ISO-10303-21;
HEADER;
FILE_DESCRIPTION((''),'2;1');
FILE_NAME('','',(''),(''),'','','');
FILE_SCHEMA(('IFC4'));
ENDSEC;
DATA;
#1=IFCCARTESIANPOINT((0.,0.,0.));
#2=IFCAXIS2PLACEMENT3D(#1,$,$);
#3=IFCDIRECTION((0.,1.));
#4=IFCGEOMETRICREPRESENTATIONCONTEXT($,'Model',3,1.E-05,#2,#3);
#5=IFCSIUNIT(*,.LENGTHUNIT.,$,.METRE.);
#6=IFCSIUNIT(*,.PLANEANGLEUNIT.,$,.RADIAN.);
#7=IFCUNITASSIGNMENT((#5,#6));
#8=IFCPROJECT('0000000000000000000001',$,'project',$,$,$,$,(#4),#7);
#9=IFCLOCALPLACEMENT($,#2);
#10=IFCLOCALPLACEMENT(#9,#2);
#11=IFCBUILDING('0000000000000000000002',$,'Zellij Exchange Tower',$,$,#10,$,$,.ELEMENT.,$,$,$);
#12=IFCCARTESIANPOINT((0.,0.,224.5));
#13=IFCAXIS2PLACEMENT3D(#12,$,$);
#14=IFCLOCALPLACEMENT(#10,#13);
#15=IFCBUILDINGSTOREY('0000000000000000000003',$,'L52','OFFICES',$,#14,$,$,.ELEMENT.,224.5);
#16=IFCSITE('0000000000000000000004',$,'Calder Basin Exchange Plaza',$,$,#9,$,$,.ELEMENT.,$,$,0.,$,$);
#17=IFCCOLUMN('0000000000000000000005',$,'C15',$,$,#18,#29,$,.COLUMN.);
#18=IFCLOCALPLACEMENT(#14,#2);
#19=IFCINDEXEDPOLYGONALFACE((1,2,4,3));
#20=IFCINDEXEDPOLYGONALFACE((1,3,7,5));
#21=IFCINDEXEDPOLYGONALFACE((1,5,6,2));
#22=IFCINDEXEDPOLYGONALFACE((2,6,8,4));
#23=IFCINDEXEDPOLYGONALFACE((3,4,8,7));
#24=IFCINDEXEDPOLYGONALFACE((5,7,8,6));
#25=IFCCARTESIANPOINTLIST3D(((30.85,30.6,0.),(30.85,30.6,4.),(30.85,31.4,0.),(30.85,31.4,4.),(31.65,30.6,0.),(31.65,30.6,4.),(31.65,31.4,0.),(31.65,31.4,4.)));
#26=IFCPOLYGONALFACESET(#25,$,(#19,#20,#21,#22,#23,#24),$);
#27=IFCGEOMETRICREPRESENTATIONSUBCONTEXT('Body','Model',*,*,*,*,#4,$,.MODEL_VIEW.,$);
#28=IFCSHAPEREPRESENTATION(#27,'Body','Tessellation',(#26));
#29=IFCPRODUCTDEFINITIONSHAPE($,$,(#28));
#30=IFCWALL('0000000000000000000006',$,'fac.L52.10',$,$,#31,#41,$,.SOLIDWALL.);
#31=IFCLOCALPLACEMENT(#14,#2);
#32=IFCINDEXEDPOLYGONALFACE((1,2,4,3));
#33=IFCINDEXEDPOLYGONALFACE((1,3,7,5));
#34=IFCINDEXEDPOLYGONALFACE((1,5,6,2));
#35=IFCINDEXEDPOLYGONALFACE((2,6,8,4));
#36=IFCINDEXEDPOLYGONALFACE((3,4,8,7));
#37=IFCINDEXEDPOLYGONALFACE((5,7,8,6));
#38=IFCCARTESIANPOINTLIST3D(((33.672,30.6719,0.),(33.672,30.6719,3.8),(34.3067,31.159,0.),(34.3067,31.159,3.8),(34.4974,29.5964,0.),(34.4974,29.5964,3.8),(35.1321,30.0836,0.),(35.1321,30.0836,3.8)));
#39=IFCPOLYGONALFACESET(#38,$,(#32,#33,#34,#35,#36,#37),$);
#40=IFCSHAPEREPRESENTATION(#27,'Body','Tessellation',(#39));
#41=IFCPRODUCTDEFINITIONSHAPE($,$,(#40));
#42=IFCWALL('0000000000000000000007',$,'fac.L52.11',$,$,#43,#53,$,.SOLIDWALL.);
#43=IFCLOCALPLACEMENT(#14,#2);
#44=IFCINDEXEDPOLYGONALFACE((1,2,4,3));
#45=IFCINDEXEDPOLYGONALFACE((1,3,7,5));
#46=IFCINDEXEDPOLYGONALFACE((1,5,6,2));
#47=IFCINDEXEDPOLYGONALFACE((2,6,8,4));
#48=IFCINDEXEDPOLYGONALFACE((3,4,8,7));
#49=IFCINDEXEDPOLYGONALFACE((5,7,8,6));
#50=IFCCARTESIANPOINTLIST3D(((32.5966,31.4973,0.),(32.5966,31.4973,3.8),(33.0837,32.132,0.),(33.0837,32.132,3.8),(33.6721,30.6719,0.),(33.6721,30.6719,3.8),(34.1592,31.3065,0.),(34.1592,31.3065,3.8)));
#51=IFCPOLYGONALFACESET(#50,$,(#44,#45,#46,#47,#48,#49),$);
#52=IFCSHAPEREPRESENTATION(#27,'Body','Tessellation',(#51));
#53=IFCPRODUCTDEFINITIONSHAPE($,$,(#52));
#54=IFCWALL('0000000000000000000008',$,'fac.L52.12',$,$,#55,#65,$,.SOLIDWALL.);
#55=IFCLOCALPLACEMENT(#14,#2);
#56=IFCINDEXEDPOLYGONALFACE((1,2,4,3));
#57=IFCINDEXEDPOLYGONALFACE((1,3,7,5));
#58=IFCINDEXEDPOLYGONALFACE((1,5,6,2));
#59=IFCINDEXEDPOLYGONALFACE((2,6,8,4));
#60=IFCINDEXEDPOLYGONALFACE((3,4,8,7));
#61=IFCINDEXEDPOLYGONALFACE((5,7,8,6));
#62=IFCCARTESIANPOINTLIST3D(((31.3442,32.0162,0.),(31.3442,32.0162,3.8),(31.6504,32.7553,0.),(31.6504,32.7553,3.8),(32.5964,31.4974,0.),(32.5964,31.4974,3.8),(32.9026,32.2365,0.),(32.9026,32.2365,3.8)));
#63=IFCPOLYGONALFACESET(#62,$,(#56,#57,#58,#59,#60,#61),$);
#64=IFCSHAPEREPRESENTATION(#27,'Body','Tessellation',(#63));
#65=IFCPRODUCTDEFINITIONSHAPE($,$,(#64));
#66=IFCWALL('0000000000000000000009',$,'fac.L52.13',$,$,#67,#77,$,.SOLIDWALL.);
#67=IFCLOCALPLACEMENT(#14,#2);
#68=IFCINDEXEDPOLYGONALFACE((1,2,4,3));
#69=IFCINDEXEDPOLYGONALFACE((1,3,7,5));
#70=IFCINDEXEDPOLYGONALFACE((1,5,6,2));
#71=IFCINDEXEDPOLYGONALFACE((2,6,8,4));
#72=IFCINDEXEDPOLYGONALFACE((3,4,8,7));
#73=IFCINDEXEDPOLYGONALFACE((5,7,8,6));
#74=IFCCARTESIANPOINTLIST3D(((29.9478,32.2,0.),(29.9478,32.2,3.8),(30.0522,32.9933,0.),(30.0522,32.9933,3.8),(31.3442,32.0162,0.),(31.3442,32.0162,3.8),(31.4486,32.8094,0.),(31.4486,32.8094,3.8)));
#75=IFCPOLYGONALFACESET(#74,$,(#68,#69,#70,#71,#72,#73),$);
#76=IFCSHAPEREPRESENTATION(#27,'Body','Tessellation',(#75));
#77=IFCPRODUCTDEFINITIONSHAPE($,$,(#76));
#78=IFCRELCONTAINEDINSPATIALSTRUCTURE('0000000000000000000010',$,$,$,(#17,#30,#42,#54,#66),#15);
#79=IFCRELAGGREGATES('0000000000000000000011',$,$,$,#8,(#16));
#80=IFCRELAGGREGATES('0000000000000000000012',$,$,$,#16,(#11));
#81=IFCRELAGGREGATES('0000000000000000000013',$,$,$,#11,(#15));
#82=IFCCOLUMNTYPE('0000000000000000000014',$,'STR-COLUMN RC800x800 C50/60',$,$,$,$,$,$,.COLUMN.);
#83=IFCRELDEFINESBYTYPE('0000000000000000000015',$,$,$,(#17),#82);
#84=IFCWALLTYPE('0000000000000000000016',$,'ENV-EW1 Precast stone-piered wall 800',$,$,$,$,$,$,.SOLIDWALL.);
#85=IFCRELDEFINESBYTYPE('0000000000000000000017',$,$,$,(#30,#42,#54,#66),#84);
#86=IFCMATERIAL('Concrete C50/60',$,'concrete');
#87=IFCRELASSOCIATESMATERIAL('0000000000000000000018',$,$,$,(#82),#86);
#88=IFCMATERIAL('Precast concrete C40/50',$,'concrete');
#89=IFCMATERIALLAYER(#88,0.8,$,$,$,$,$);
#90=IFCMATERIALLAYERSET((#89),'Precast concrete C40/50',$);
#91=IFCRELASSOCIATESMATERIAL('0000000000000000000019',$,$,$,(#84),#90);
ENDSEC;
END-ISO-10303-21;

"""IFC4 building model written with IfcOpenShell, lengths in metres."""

from ifc_helpers import new_model, si_unit, direction, frame, frame_2d, origin, origin_2d, place, context, subcontext, project, spatial, rectangle, extrude, material, layer, layer_set, material_profile, profile_set, type_object, element, save


model = new_model("IFC4")

# Units and contexts
model_context = context("Model", 3, precision=1e-05, world=origin(), true_north=direction((0.0, 1.0)))
body_context = subcontext(model_context, "Body", "Model", "MODEL_VIEW")
ifc_project = project(units=[si_unit("LENGTHUNIT", "METRE"), si_unit("PLANEANGLEUNIT", "RADIAN")], contexts=[model_context])

# Site, building, storey
site_placement = place(None, origin())
site = spatial("IfcSite", under=ifc_project, at=site_placement, Name="Calder Basin Exchange Plaza", CompositionType="ELEMENT", RefElevation=0.0)
building_placement = place(site_placement, origin())
building = spatial("IfcBuilding", under=site, at=building_placement, Name="Zellij Exchange Tower", CompositionType="ELEMENT")
storey_placement = place(building_placement, frame((0.0, 0.0, 224.5)))
storey = spatial("IfcBuildingStorey", under=building, at=storey_placement, Name="L52", Description="OFFICES", CompositionType="ELEMENT", Elevation=224.5)

# Column
ifc_material_1 = material(Name="Concrete C50/60", Category="concrete")
ifc_material_profile = material_profile(ifc_material_1, rectangle(XDim=0.8, YDim=0.8, at=origin_2d()), Name="STR-COLUMN RC800x800 C50/60")
ifc_profile_set = profile_set([ifc_material_profile], Name="Concrete C50/60")
column_type = type_object("IfcColumnType", Name="STR-COLUMN RC800x800 C50/60", PredefinedType="COLUMN", material=ifc_profile_set)
column_placement = place(storey_placement, frame((31.25, 31.0, 0.0), z_axis=(0.0, 0.0, 1.0), x_axis=(1.0, 0.0, 0.0)))
element("IfcColumn", 1, at=column_placement, inside=storey, type_object=column_type, Name="C15", PredefinedType="COLUMN", context=body_context, shape_type="SweptSolid", body=[
    extrude(rectangle(XDim=0.8, YDim=0.8, at=origin_2d()), origin(), (0.0, 0.0, 1.0), 4.0),
])

# Walls
ifc_material_2 = material(Name="Precast concrete C40/50", Category="concrete")
ifc_layer = layer(ifc_material_2, 0.8)
ifc_layer_set = layer_set([ifc_layer], Name="Precast concrete C40/50")
wall_type = type_object("IfcWallType", Name="ENV-EW1 Precast stone-piered wall 800", PredefinedType="SOLIDWALL", material=ifc_layer_set)
for number, where, z_axis, x_axis, name in (
    (2, (34.8147, 29.8401, 0.0), (0.0, 0.0, 1.0), (-0.608866, 0.793273, 0.0), "fac.L52.10"),
    (3, (33.9155, 30.9893, 0.0), (0.0, 0.0, 1.0), (-0.793273, 0.608866, 0.0), "fac.L52.11"),
):
    element("IfcWall", number, at=place(storey_placement, frame(where, z_axis=z_axis, x_axis=x_axis)), inside=storey, type_object=wall_type, Name=name, PredefinedType="SOLIDWALL", context=body_context, shape_type="SweptSolid", body=[
        extrude(rectangle(XDim=1.3557, YDim=0.8, at=frame_2d((0.6777, 0.0))), origin(), (0.0, 0.0, 1.0), 3.8),
    ])
wall_1_placement = place(storey_placement, frame((32.7495, 31.8669, 0.0), z_axis=(0.0, 0.0, 1.0), x_axis=(-0.923848, 0.38276, 0.0)))
element("IfcWall", 4, at=wall_1_placement, inside=storey, type_object=wall_type, Name="fac.L52.12", PredefinedType="SOLIDWALL", context=body_context, shape_type="SweptSolid", body=[
    extrude(rectangle(XDim=1.3555, YDim=0.8, at=frame_2d((0.6777, 0.0))), origin(), (0.0, 0.0, 1.0), 3.8),
])
wall_2_placement = place(storey_placement, frame((31.3962, 32.4128, 0.0), z_axis=(0.0, 0.0, 1.0), x_axis=(-0.991446, 0.130517, 0.0)))
element("IfcWall", 5, at=wall_2_placement, inside=storey, type_object=wall_type, Name="fac.L52.13", PredefinedType="SOLIDWALL", context=body_context, shape_type="SweptSolid", body=[
    extrude(rectangle(XDim=1.4084, YDim=0.8, at=frame_2d((0.7041, 0.0))), origin(), (0.0, 0.0, 1.0), 3.8),
])

save(model, "model.ifc")
